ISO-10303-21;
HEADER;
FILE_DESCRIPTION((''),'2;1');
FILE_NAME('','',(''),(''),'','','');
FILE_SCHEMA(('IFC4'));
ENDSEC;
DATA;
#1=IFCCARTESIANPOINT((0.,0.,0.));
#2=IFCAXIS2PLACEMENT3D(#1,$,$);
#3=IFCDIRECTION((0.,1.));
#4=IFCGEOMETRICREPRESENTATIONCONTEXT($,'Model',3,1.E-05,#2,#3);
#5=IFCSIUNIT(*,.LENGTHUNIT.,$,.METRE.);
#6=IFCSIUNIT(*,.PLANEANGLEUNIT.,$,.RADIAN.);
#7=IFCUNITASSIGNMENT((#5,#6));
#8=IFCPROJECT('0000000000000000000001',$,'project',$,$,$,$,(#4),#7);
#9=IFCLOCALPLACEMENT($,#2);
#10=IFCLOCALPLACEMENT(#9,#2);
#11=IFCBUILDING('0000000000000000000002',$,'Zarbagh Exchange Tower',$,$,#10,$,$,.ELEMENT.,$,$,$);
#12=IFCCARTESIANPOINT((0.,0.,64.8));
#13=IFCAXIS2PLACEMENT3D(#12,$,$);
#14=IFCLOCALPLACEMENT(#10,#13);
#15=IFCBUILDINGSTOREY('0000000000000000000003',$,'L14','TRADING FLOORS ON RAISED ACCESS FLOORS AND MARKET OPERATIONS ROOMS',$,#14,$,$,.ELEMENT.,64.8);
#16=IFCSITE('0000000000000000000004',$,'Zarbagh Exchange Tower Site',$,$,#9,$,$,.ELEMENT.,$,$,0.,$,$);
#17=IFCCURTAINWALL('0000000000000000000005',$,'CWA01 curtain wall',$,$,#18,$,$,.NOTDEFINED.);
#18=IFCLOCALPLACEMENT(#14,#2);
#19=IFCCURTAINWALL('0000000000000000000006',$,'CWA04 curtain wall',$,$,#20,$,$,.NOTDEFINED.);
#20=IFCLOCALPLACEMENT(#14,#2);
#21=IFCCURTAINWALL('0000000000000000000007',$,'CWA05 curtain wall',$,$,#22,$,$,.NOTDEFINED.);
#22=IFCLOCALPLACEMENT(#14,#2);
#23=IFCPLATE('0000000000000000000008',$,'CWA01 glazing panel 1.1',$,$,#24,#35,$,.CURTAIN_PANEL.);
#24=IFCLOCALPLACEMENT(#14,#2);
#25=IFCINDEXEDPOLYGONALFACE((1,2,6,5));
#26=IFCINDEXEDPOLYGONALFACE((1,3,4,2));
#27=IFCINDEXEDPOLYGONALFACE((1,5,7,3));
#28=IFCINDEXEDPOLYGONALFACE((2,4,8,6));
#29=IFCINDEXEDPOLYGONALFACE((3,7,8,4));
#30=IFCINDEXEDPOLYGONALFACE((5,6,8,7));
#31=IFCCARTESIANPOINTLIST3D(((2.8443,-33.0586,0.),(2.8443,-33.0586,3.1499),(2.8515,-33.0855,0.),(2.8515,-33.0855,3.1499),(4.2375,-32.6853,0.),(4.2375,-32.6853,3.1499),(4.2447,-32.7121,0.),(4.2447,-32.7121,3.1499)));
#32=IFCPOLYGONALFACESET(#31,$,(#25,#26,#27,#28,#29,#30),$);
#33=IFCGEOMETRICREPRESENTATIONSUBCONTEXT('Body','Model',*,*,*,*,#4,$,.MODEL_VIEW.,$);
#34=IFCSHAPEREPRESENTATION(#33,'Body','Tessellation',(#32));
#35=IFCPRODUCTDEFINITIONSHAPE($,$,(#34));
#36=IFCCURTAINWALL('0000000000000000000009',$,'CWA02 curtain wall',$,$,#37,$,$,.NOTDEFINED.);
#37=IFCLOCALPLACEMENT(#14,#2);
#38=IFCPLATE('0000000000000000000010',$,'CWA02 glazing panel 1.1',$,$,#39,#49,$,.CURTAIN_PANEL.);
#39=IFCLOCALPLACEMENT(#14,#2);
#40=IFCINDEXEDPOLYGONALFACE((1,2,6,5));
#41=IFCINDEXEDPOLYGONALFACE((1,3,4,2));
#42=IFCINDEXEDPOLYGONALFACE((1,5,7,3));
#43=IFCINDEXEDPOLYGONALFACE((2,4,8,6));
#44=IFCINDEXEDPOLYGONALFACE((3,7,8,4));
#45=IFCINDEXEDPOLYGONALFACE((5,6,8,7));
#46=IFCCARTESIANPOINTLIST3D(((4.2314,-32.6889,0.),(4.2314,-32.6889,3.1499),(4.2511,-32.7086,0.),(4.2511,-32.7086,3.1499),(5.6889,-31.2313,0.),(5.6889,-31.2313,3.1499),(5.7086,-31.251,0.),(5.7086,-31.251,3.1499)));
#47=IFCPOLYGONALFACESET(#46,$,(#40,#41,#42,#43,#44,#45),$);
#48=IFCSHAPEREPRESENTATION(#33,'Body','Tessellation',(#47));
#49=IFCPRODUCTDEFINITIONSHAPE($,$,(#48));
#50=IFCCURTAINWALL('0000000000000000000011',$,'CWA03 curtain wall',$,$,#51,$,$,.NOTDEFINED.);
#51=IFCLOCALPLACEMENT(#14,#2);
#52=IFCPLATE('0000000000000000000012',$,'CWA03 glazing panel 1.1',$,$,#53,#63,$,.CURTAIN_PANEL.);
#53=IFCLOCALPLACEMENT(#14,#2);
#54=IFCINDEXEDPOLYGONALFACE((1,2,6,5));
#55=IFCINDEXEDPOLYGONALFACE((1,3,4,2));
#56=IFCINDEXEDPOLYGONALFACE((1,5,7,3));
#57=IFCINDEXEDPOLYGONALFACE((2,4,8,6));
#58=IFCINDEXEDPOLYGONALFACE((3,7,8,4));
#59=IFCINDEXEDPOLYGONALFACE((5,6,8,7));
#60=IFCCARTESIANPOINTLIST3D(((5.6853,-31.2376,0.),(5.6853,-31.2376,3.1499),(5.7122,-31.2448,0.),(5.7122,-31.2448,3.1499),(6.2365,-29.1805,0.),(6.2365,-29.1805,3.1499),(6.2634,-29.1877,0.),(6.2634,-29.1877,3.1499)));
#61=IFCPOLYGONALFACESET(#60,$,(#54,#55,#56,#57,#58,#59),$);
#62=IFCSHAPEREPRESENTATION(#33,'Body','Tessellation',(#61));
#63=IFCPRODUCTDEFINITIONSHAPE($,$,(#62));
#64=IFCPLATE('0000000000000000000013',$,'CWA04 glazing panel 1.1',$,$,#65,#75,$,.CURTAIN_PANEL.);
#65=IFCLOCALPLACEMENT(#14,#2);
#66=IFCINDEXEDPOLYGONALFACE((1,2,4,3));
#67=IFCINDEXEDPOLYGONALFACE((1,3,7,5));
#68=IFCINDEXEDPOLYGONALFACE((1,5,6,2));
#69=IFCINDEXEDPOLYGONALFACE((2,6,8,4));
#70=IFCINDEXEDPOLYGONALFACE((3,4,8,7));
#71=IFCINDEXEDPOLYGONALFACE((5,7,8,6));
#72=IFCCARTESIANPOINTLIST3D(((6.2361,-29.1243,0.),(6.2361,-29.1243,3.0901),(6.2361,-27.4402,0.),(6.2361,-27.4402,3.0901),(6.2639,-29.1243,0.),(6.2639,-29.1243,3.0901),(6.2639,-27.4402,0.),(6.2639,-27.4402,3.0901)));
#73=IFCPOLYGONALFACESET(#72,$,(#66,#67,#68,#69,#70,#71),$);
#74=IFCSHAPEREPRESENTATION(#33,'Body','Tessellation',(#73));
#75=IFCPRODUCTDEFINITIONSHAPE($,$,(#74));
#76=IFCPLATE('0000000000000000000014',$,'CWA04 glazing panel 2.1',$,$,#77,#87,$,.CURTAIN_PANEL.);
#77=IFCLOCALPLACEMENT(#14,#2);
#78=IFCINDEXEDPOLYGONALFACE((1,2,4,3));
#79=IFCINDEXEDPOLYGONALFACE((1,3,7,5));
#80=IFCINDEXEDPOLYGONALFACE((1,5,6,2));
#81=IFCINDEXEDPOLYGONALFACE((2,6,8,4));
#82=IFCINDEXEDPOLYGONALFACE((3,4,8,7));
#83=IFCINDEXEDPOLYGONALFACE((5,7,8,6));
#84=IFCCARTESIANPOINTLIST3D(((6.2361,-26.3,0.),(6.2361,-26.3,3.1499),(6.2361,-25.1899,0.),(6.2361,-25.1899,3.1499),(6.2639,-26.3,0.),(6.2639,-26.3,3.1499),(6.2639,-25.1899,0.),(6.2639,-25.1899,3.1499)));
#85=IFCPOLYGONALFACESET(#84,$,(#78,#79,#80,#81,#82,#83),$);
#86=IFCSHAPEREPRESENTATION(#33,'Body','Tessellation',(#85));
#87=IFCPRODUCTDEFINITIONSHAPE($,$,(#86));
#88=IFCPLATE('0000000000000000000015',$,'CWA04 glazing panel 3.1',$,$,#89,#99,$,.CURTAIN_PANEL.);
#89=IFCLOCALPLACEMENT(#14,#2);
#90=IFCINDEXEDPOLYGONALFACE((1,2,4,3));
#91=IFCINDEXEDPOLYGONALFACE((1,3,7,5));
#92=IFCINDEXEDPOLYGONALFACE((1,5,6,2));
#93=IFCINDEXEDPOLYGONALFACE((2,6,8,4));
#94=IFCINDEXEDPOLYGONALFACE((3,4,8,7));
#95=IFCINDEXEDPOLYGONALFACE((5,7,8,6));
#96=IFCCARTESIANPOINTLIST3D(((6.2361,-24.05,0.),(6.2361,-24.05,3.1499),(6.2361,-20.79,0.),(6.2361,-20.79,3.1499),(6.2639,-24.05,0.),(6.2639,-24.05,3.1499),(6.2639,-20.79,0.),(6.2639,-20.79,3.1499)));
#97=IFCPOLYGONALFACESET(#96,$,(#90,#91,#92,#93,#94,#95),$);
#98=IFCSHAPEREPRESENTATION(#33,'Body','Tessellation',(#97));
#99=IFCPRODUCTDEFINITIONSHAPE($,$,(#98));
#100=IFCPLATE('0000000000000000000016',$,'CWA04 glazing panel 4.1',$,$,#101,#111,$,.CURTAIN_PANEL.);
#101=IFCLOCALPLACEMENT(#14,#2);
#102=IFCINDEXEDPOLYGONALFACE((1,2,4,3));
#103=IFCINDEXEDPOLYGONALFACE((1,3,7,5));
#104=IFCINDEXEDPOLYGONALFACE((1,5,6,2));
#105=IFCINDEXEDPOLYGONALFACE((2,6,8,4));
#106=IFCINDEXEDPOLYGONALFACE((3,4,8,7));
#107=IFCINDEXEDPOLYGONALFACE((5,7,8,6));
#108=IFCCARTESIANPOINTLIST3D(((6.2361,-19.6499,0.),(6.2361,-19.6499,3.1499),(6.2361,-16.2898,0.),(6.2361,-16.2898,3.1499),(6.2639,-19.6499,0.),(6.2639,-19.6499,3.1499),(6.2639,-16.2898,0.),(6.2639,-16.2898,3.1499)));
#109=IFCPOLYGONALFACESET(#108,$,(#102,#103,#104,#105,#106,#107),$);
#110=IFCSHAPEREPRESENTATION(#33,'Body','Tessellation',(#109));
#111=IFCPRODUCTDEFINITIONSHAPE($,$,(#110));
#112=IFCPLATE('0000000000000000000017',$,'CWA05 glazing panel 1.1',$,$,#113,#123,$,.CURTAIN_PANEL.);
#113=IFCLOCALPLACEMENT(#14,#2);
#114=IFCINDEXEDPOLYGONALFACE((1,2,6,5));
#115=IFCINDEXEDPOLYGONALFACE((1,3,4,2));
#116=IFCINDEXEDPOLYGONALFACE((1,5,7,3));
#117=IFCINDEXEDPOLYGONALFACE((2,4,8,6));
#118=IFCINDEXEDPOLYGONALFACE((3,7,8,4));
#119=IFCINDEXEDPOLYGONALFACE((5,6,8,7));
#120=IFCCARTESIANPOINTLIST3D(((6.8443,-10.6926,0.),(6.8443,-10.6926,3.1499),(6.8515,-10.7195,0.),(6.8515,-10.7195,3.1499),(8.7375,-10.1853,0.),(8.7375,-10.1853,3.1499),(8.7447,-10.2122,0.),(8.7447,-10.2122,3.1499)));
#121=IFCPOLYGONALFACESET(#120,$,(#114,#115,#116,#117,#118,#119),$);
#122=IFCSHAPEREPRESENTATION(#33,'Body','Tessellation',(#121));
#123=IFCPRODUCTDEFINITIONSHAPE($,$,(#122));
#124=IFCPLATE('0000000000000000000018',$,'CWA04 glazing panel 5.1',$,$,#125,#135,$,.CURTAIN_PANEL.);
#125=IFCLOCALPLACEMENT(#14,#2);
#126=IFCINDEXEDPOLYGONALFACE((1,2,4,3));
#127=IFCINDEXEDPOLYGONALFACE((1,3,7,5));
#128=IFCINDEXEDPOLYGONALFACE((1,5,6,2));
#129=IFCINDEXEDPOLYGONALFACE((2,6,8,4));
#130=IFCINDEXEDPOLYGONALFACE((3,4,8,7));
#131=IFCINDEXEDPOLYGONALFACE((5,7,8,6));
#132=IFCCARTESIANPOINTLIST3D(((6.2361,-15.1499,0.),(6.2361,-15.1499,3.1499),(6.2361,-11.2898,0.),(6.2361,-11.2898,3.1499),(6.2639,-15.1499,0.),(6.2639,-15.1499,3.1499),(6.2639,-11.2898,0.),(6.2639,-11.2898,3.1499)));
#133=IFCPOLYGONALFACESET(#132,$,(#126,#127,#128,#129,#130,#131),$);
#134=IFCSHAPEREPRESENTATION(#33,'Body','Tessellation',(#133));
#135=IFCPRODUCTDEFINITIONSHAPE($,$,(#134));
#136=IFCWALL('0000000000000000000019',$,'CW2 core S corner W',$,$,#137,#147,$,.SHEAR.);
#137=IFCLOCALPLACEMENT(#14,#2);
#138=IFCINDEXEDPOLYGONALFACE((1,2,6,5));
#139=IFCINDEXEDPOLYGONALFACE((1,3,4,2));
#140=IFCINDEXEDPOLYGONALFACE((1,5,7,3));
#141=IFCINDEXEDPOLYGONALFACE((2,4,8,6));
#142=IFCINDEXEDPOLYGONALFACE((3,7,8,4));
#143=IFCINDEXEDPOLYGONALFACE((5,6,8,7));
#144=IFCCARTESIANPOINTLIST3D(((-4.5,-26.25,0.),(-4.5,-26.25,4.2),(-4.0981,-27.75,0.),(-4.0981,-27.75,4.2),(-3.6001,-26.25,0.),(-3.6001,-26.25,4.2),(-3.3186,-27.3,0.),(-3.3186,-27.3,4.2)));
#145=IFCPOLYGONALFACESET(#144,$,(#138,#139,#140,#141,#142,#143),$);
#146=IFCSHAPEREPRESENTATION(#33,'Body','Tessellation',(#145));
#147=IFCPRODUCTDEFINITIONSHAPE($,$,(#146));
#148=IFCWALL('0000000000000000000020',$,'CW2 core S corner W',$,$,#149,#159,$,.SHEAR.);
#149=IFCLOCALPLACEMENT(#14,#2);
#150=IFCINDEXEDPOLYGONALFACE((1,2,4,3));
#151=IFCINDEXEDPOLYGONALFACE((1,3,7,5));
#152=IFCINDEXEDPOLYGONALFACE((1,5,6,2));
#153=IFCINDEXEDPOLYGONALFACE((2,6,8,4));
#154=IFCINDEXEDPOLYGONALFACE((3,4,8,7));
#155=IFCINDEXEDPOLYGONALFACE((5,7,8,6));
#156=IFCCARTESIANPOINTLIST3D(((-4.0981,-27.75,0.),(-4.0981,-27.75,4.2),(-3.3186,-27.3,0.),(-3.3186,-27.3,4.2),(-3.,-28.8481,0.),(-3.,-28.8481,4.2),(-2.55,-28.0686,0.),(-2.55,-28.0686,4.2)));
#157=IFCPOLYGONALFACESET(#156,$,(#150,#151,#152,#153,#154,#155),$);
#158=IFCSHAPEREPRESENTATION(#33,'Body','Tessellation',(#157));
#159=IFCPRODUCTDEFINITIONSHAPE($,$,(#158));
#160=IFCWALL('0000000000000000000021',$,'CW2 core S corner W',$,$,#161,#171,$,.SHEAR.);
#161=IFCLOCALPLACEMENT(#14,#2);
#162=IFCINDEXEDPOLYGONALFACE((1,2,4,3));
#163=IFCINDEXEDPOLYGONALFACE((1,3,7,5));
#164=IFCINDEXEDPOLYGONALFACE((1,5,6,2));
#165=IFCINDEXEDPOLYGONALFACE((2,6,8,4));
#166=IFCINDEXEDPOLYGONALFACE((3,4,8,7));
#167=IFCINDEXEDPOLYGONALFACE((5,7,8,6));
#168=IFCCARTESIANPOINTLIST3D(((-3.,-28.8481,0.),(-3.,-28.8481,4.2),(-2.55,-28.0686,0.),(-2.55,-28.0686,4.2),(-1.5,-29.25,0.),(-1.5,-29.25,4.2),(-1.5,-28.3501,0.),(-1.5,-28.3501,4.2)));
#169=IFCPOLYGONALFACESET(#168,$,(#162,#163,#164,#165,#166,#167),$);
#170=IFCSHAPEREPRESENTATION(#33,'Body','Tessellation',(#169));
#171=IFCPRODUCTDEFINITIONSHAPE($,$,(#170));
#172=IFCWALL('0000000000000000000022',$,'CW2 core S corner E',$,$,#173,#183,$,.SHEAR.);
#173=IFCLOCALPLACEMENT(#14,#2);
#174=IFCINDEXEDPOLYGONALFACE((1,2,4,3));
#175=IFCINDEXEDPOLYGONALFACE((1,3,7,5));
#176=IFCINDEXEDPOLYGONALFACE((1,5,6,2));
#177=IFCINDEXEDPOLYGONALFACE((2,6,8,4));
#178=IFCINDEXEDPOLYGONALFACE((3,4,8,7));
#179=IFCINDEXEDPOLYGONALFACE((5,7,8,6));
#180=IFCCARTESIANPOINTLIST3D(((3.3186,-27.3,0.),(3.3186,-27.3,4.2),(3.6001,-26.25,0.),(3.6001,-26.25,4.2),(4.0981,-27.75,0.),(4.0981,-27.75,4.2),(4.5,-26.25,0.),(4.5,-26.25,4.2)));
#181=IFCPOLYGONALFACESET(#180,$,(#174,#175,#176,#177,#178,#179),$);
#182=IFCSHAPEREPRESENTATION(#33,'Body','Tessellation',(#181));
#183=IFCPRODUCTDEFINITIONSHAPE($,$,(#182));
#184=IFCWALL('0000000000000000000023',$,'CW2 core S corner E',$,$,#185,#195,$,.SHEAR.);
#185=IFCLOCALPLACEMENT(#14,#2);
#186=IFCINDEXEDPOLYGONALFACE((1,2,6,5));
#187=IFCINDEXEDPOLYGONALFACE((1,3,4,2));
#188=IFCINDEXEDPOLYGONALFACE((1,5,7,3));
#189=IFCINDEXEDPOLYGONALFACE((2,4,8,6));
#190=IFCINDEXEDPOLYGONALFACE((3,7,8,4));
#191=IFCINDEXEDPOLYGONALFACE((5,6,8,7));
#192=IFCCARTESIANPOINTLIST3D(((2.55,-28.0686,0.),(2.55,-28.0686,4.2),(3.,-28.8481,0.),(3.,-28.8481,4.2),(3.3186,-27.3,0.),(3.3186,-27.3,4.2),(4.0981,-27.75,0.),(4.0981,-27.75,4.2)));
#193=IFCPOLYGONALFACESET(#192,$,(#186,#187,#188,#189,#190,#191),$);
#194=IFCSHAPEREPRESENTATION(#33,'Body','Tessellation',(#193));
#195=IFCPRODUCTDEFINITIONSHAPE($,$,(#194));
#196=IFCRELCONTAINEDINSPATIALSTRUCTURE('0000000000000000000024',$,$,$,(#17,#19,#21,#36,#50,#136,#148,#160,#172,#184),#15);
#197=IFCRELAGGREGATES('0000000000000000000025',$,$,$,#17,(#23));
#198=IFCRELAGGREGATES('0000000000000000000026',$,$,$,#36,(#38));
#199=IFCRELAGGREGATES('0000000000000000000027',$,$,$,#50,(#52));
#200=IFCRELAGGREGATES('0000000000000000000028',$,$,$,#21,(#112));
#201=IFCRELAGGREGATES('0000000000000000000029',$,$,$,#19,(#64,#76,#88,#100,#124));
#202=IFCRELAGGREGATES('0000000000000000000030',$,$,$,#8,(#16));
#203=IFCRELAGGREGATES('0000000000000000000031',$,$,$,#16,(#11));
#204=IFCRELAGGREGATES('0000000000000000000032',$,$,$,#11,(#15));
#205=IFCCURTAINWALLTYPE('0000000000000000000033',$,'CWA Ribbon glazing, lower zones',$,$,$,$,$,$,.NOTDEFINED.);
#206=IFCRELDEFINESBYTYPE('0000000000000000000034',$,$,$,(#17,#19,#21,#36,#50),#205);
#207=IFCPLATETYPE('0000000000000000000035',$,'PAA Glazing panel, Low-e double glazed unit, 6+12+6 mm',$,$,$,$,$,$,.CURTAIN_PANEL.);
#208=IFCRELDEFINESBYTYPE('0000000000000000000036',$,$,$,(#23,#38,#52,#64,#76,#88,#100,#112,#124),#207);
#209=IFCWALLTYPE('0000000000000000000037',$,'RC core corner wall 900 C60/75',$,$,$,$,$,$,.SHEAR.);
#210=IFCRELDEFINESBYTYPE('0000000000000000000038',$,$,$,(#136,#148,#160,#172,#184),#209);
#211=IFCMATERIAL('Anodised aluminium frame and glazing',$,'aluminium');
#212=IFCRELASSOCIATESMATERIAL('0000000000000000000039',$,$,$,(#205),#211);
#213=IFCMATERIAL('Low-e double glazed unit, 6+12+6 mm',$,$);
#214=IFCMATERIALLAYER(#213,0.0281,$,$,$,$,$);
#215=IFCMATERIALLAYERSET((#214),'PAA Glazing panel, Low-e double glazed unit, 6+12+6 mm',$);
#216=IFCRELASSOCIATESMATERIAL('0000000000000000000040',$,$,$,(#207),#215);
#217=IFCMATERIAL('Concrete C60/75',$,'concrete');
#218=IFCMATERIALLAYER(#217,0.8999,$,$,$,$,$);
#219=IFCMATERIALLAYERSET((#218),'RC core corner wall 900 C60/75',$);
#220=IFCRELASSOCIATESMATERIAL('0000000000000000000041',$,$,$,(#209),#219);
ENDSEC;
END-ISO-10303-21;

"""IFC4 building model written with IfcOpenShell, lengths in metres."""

from ifc_helpers import new_model, si_unit, direction, frame, origin, place, context, subcontext, project, spatial, polyline, outline, extrude, source, transform, mapped, material, layer, layer_set, type_object, element, aggregate, save


model = new_model("IFC4")

# Units and contexts
model_context = context("Model", 3, precision=1e-05, world=origin(), true_north=direction((0.0, 1.0)))
body_context = subcontext(model_context, "Body", "Model", "MODEL_VIEW")
ifc_project = project(units=[si_unit("LENGTHUNIT", "METRE"), si_unit("PLANEANGLEUNIT", "RADIAN")], contexts=[model_context])

# Site, building, storey
site_placement = place(None, origin())
site = spatial("IfcSite", under=ifc_project, at=site_placement, Name="Zarbagh Exchange Tower Site", CompositionType="ELEMENT", RefElevation=0.0)
building_placement = place(site_placement, origin())
building = spatial("IfcBuilding", under=site, at=building_placement, Name="Zarbagh Exchange Tower", CompositionType="ELEMENT")
storey_placement = place(building_placement, frame((0.0, 0.0, 64.8)))
storey = spatial("IfcBuildingStorey", under=building, at=storey_placement, Name="L14", Description="TRADING FLOORS ON RAISED ACCESS FLOORS AND MARKET OPERATIONS ROOMS", CompositionType="ELEMENT", Elevation=64.8)

# Curtain wall
ifc_material_1 = material(Name="Anodised aluminium frame and glazing", Category="aluminium")
curtain_wall_type = type_object("IfcCurtainWallType", Name="CWA Ribbon glazing, lower zones", PredefinedType="NOTDEFINED", material=ifc_material_1)
curtain_wall_1_placement = place(storey_placement, origin())
curtain_wall_1 = element("IfcCurtainWall", 1, at=curtain_wall_1_placement, inside=storey, type_object=curtain_wall_type, Name="CWA01 curtain wall", PredefinedType="NOTDEFINED")
placement = place(storey_placement, origin())

# Curtain wall
curtain_wall_2_placement = place(storey_placement, origin())
curtain_wall_2 = element("IfcCurtainWall", 2, at=curtain_wall_2_placement, inside=storey, type_object=curtain_wall_type, Name="CWA04 curtain wall", PredefinedType="NOTDEFINED")

# Curtain wall
curtain_wall_3_placement = place(storey_placement, origin())
curtain_wall_3 = element("IfcCurtainWall", 3, at=curtain_wall_3_placement, inside=storey, type_object=curtain_wall_type, Name="CWA05 curtain wall", PredefinedType="NOTDEFINED")

# Plate
ifc_material_2 = material(Name="Low-e double glazed unit, 6+12+6 mm")
ifc_layer_1 = layer(ifc_material_2, 0.0281)
ifc_layer_set_1 = layer_set([ifc_layer_1], Name="PAA Glazing panel, Low-e double glazed unit, 6+12+6 mm")
plate_type = type_object("IfcPlateType", Name="PAA Glazing panel, Low-e double glazed unit, 6+12+6 mm", PredefinedType="CURTAIN_PANEL", material=ifc_layer_set_1)
shared_shape_1 = source(origin(), body_context, "Body", "SweptSolid", [
    extrude(outline(polyline([(0.0, -0.0139), (1.4424, -0.0139), (1.4424, 0.0139), (0.0, 0.0139), (0.0, -0.0139)])), origin(), (0.0, 0.0, 1.0), 3.1499),
])
plate_1 = element("IfcPlate", 4, at=placement, type_object=plate_type, Name="CWA01 glazing panel 1.1", PredefinedType="CURTAIN_PANEL", context=body_context, shape_type="MappedRepresentation", body=[
    mapped(shared_shape_1, transform((2.8479, -33.072, 0.0), x_axis=(0.965924, 0.258825, 0.0), y_axis=(-0.258825, 0.965924, 0.0), z_axis=(0.0, 0.0, 1.0))),
])
aggregate(curtain_wall_1, [plate_1])

# Curtain walls, plates
curtain_wall_4_placement = place(storey_placement, origin())
curtain_wall_4 = element("IfcCurtainWall", 5, at=curtain_wall_4_placement, inside=storey, type_object=curtain_wall_type, Name="CWA02 curtain wall", PredefinedType="NOTDEFINED")
shared_shape_2 = source(origin(), body_context, "Body", "SweptSolid", [
    extrude(outline(polyline([(0.0, -0.0139), (2.0613, -0.0139), (2.0613, 0.0139), (0.0, 0.0139), (0.0, -0.0139)])), origin(), (0.0, 0.0, 1.0), 3.1499),
])
plate_2 = element("IfcPlate", 6, at=placement, type_object=plate_type, Name="CWA02 glazing panel 1.1", PredefinedType="CURTAIN_PANEL", context=body_context, shape_type="MappedRepresentation", body=[
    mapped(shared_shape_2, transform((4.2412, -32.6987, 0.0), x_axis=(0.707107, 0.707107, 0.0), y_axis=(-0.707107, 0.707107, 0.0), z_axis=(0.0, 0.0, 1.0))),
])
aggregate(curtain_wall_4, [plate_2])
curtain_wall_5_placement = place(storey_placement, origin())
curtain_wall_5 = element("IfcCurtainWall", 7, at=curtain_wall_5_placement, inside=storey, type_object=curtain_wall_type, Name="CWA03 curtain wall", PredefinedType="NOTDEFINED")
shared_shape_3 = source(origin(), body_context, "Body", "SweptSolid", [
    extrude(outline(polyline([(0.0, -0.0139), (2.1296, -0.0139), (2.1296, 0.0139), (0.0, 0.0139), (0.0, -0.0139)])), origin(), (0.0, 0.0, 1.0), 3.1499),
])
plate_3 = element("IfcPlate", 8, at=placement, type_object=plate_type, Name="CWA03 glazing panel 1.1", PredefinedType="CURTAIN_PANEL", context=body_context, shape_type="MappedRepresentation", body=[
    mapped(shared_shape_3, transform((5.6987, -31.2412, 0.0), x_axis=(0.258825, 0.965924, 0.0), y_axis=(-0.965924, 0.258825, 0.0), z_axis=(0.0, 0.0, 1.0))),
])
aggregate(curtain_wall_5, [plate_3])

# Plates
shared_shape_4 = source(origin(), body_context, "Body", "SweptSolid", [
    extrude(outline(polyline([(0.0, -0.0139), (1.6841, -0.0139), (1.6841, 0.0139), (0.0, 0.0139), (0.0, -0.0139)])), origin(), (0.0, 0.0, 1.0), 3.0901),
])
plate_4 = element("IfcPlate", 9, at=placement, type_object=plate_type, Name="CWA04 glazing panel 1.1", PredefinedType="CURTAIN_PANEL", context=body_context, shape_type="MappedRepresentation", body=[
    mapped(shared_shape_4, transform((6.25, -29.1243, 0.0), x_axis=(0.0, 1.0, 0.0), y_axis=(-1.0, 0.0, 0.0), z_axis=(0.0, 0.0, 1.0))),
])
shared_shape_5 = source(origin(), body_context, "Body", "SweptSolid", [
    extrude(outline(polyline([(0.0, -0.0139), (1.1101, -0.0139), (1.1101, 0.0139), (0.0, 0.0139), (0.0, -0.0139)])), origin(), (0.0, 0.0, 1.0), 3.1499),
])
plate_5 = element("IfcPlate", 10, at=placement, type_object=plate_type, Name="CWA04 glazing panel 2.1", PredefinedType="CURTAIN_PANEL", context=body_context, shape_type="MappedRepresentation", body=[
    mapped(shared_shape_5, transform((6.25, -26.3, 0.0), x_axis=(0.0, 1.0, 0.0), y_axis=(-1.0, 0.0, 0.0), z_axis=(0.0, 0.0, 1.0))),
])
shared_shape_6 = source(origin(), body_context, "Body", "SweptSolid", [
    extrude(outline(polyline([(0.0, -0.0139), (3.26, -0.0139), (3.26, 0.0139), (0.0, 0.0139), (0.0, -0.0139)])), origin(), (0.0, 0.0, 1.0), 3.1499),
])
plate_6 = element("IfcPlate", 11, at=placement, type_object=plate_type, Name="CWA04 glazing panel 3.1", PredefinedType="CURTAIN_PANEL", context=body_context, shape_type="MappedRepresentation", body=[
    mapped(shared_shape_6, transform((6.25, -24.05, 0.0), x_axis=(0.0, 1.0, 0.0), y_axis=(-1.0, 0.0, 0.0), z_axis=(0.0, 0.0, 1.0))),
])
shared_shape_7 = source(origin(), body_context, "Body", "SweptSolid", [
    extrude(outline(polyline([(0.0, -0.0139), (3.3601, -0.0139), (3.3601, 0.0139), (0.0, 0.0139), (0.0, -0.0139)])), origin(), (0.0, 0.0, 1.0), 3.1499),
])
plate_7 = element("IfcPlate", 12, at=placement, type_object=plate_type, Name="CWA04 glazing panel 4.1", PredefinedType="CURTAIN_PANEL", context=body_context, shape_type="MappedRepresentation", body=[
    mapped(shared_shape_7, transform((6.25, -19.6499, 0.0), x_axis=(0.0, 1.0, 0.0), y_axis=(-1.0, 0.0, 0.0), z_axis=(0.0, 0.0, 1.0))),
])
shared_shape_8 = source(origin(), body_context, "Body", "SweptSolid", [
    extrude(outline(polyline([(0.0, -0.0139), (1.96, -0.0139), (1.96, 0.0139), (0.0, 0.0139), (0.0, -0.0139)])), origin(), (0.0, 0.0, 1.0), 3.1499),
])
plate_8 = element("IfcPlate", 13, at=placement, type_object=plate_type, Name="CWA05 glazing panel 1.1", PredefinedType="CURTAIN_PANEL", context=body_context, shape_type="MappedRepresentation", body=[
    mapped(shared_shape_8, transform((6.8479, -10.7061, 0.0), x_axis=(0.965924, 0.258825, 0.0), y_axis=(-0.258825, 0.965924, 0.0), z_axis=(0.0, 0.0, 1.0))),
])
aggregate(curtain_wall_3, [plate_8])
shared_shape_9 = source(origin(), body_context, "Body", "SweptSolid", [
    extrude(outline(polyline([(0.0, -0.0139), (3.8601, -0.0139), (3.8601, 0.0139), (0.0, 0.0139), (0.0, -0.0139)])), origin(), (0.0, 0.0, 1.0), 3.1499),
])
plate_9 = element("IfcPlate", 14, at=placement, type_object=plate_type, Name="CWA04 glazing panel 5.1", PredefinedType="CURTAIN_PANEL", context=body_context, shape_type="MappedRepresentation", body=[
    mapped(shared_shape_9, transform((6.25, -15.1499, 0.0), x_axis=(0.0, 1.0, 0.0), y_axis=(-1.0, 0.0, 0.0), z_axis=(0.0, 0.0, 1.0))),
])
aggregate(curtain_wall_2, [plate_4, plate_5, plate_6, plate_7, plate_9])

# Walls
ifc_material_3 = material(Name="Concrete C60/75", Category="concrete")
ifc_layer_2 = layer(ifc_material_3, 0.8999)
ifc_layer_set_2 = layer_set([ifc_layer_2], Name="RC core corner wall 900 C60/75")
wall_type = type_object("IfcWallType", Name="RC core corner wall 900 C60/75", PredefinedType="SHEAR", material=ifc_layer_set_2)
wall_1_placement = place(storey_placement, origin())
element("IfcWall", 15, at=wall_1_placement, inside=storey, type_object=wall_type, Name="CW2 core S corner W", PredefinedType="SHEAR", context=body_context, shape_type="SweptSolid", body=[
    extrude(outline(polyline([(-4.5, -26.25), (-4.0981, -27.75), (-3.3186, -27.3), (-3.6001, -26.25), (-4.5, -26.25)])), origin(), (0.0, 0.0, 1.0), 4.2),
])
wall_2_placement = place(storey_placement, origin())
element("IfcWall", 16, at=wall_2_placement, inside=storey, type_object=wall_type, Name="CW2 core S corner W", PredefinedType="SHEAR", context=body_context, shape_type="SweptSolid", body=[
    extrude(outline(polyline([(-4.0981, -27.75), (-3.0, -28.8481), (-2.55, -28.0686), (-3.3186, -27.3), (-4.0981, -27.75)])), origin(), (0.0, 0.0, 1.0), 4.2),
])
wall_3_placement = place(storey_placement, origin())
element("IfcWall", 17, at=wall_3_placement, inside=storey, type_object=wall_type, Name="CW2 core S corner W", PredefinedType="SHEAR", context=body_context, shape_type="SweptSolid", body=[
    extrude(outline(polyline([(-3.0, -28.8481), (-1.5, -29.25), (-1.5, -28.3501), (-2.55, -28.0686), (-3.0, -28.8481)])), origin(), (0.0, 0.0, 1.0), 4.2),
])
wall_4_placement = place(storey_placement, origin())
element("IfcWall", 18, at=wall_4_placement, inside=storey, type_object=wall_type, Name="CW2 core S corner E", PredefinedType="SHEAR", context=body_context, shape_type="SweptSolid", body=[
    extrude(outline(polyline([(4.5, -26.25), (4.0981, -27.75), (3.3186, -27.3), (3.6001, -26.25), (4.5, -26.25)])), origin(), (0.0, 0.0, 1.0), 4.2),
])
wall_5_placement = place(storey_placement, origin())
element("IfcWall", 19, at=wall_5_placement, inside=storey, type_object=wall_type, Name="CW2 core S corner E", PredefinedType="SHEAR", context=body_context, shape_type="SweptSolid", body=[
    extrude(outline(polyline([(4.0981, -27.75), (3.0, -28.8481), (2.55, -28.0686), (3.3186, -27.3), (4.0981, -27.75)])), origin(), (0.0, 0.0, 1.0), 4.2),
])

save(model, "model.ifc")
